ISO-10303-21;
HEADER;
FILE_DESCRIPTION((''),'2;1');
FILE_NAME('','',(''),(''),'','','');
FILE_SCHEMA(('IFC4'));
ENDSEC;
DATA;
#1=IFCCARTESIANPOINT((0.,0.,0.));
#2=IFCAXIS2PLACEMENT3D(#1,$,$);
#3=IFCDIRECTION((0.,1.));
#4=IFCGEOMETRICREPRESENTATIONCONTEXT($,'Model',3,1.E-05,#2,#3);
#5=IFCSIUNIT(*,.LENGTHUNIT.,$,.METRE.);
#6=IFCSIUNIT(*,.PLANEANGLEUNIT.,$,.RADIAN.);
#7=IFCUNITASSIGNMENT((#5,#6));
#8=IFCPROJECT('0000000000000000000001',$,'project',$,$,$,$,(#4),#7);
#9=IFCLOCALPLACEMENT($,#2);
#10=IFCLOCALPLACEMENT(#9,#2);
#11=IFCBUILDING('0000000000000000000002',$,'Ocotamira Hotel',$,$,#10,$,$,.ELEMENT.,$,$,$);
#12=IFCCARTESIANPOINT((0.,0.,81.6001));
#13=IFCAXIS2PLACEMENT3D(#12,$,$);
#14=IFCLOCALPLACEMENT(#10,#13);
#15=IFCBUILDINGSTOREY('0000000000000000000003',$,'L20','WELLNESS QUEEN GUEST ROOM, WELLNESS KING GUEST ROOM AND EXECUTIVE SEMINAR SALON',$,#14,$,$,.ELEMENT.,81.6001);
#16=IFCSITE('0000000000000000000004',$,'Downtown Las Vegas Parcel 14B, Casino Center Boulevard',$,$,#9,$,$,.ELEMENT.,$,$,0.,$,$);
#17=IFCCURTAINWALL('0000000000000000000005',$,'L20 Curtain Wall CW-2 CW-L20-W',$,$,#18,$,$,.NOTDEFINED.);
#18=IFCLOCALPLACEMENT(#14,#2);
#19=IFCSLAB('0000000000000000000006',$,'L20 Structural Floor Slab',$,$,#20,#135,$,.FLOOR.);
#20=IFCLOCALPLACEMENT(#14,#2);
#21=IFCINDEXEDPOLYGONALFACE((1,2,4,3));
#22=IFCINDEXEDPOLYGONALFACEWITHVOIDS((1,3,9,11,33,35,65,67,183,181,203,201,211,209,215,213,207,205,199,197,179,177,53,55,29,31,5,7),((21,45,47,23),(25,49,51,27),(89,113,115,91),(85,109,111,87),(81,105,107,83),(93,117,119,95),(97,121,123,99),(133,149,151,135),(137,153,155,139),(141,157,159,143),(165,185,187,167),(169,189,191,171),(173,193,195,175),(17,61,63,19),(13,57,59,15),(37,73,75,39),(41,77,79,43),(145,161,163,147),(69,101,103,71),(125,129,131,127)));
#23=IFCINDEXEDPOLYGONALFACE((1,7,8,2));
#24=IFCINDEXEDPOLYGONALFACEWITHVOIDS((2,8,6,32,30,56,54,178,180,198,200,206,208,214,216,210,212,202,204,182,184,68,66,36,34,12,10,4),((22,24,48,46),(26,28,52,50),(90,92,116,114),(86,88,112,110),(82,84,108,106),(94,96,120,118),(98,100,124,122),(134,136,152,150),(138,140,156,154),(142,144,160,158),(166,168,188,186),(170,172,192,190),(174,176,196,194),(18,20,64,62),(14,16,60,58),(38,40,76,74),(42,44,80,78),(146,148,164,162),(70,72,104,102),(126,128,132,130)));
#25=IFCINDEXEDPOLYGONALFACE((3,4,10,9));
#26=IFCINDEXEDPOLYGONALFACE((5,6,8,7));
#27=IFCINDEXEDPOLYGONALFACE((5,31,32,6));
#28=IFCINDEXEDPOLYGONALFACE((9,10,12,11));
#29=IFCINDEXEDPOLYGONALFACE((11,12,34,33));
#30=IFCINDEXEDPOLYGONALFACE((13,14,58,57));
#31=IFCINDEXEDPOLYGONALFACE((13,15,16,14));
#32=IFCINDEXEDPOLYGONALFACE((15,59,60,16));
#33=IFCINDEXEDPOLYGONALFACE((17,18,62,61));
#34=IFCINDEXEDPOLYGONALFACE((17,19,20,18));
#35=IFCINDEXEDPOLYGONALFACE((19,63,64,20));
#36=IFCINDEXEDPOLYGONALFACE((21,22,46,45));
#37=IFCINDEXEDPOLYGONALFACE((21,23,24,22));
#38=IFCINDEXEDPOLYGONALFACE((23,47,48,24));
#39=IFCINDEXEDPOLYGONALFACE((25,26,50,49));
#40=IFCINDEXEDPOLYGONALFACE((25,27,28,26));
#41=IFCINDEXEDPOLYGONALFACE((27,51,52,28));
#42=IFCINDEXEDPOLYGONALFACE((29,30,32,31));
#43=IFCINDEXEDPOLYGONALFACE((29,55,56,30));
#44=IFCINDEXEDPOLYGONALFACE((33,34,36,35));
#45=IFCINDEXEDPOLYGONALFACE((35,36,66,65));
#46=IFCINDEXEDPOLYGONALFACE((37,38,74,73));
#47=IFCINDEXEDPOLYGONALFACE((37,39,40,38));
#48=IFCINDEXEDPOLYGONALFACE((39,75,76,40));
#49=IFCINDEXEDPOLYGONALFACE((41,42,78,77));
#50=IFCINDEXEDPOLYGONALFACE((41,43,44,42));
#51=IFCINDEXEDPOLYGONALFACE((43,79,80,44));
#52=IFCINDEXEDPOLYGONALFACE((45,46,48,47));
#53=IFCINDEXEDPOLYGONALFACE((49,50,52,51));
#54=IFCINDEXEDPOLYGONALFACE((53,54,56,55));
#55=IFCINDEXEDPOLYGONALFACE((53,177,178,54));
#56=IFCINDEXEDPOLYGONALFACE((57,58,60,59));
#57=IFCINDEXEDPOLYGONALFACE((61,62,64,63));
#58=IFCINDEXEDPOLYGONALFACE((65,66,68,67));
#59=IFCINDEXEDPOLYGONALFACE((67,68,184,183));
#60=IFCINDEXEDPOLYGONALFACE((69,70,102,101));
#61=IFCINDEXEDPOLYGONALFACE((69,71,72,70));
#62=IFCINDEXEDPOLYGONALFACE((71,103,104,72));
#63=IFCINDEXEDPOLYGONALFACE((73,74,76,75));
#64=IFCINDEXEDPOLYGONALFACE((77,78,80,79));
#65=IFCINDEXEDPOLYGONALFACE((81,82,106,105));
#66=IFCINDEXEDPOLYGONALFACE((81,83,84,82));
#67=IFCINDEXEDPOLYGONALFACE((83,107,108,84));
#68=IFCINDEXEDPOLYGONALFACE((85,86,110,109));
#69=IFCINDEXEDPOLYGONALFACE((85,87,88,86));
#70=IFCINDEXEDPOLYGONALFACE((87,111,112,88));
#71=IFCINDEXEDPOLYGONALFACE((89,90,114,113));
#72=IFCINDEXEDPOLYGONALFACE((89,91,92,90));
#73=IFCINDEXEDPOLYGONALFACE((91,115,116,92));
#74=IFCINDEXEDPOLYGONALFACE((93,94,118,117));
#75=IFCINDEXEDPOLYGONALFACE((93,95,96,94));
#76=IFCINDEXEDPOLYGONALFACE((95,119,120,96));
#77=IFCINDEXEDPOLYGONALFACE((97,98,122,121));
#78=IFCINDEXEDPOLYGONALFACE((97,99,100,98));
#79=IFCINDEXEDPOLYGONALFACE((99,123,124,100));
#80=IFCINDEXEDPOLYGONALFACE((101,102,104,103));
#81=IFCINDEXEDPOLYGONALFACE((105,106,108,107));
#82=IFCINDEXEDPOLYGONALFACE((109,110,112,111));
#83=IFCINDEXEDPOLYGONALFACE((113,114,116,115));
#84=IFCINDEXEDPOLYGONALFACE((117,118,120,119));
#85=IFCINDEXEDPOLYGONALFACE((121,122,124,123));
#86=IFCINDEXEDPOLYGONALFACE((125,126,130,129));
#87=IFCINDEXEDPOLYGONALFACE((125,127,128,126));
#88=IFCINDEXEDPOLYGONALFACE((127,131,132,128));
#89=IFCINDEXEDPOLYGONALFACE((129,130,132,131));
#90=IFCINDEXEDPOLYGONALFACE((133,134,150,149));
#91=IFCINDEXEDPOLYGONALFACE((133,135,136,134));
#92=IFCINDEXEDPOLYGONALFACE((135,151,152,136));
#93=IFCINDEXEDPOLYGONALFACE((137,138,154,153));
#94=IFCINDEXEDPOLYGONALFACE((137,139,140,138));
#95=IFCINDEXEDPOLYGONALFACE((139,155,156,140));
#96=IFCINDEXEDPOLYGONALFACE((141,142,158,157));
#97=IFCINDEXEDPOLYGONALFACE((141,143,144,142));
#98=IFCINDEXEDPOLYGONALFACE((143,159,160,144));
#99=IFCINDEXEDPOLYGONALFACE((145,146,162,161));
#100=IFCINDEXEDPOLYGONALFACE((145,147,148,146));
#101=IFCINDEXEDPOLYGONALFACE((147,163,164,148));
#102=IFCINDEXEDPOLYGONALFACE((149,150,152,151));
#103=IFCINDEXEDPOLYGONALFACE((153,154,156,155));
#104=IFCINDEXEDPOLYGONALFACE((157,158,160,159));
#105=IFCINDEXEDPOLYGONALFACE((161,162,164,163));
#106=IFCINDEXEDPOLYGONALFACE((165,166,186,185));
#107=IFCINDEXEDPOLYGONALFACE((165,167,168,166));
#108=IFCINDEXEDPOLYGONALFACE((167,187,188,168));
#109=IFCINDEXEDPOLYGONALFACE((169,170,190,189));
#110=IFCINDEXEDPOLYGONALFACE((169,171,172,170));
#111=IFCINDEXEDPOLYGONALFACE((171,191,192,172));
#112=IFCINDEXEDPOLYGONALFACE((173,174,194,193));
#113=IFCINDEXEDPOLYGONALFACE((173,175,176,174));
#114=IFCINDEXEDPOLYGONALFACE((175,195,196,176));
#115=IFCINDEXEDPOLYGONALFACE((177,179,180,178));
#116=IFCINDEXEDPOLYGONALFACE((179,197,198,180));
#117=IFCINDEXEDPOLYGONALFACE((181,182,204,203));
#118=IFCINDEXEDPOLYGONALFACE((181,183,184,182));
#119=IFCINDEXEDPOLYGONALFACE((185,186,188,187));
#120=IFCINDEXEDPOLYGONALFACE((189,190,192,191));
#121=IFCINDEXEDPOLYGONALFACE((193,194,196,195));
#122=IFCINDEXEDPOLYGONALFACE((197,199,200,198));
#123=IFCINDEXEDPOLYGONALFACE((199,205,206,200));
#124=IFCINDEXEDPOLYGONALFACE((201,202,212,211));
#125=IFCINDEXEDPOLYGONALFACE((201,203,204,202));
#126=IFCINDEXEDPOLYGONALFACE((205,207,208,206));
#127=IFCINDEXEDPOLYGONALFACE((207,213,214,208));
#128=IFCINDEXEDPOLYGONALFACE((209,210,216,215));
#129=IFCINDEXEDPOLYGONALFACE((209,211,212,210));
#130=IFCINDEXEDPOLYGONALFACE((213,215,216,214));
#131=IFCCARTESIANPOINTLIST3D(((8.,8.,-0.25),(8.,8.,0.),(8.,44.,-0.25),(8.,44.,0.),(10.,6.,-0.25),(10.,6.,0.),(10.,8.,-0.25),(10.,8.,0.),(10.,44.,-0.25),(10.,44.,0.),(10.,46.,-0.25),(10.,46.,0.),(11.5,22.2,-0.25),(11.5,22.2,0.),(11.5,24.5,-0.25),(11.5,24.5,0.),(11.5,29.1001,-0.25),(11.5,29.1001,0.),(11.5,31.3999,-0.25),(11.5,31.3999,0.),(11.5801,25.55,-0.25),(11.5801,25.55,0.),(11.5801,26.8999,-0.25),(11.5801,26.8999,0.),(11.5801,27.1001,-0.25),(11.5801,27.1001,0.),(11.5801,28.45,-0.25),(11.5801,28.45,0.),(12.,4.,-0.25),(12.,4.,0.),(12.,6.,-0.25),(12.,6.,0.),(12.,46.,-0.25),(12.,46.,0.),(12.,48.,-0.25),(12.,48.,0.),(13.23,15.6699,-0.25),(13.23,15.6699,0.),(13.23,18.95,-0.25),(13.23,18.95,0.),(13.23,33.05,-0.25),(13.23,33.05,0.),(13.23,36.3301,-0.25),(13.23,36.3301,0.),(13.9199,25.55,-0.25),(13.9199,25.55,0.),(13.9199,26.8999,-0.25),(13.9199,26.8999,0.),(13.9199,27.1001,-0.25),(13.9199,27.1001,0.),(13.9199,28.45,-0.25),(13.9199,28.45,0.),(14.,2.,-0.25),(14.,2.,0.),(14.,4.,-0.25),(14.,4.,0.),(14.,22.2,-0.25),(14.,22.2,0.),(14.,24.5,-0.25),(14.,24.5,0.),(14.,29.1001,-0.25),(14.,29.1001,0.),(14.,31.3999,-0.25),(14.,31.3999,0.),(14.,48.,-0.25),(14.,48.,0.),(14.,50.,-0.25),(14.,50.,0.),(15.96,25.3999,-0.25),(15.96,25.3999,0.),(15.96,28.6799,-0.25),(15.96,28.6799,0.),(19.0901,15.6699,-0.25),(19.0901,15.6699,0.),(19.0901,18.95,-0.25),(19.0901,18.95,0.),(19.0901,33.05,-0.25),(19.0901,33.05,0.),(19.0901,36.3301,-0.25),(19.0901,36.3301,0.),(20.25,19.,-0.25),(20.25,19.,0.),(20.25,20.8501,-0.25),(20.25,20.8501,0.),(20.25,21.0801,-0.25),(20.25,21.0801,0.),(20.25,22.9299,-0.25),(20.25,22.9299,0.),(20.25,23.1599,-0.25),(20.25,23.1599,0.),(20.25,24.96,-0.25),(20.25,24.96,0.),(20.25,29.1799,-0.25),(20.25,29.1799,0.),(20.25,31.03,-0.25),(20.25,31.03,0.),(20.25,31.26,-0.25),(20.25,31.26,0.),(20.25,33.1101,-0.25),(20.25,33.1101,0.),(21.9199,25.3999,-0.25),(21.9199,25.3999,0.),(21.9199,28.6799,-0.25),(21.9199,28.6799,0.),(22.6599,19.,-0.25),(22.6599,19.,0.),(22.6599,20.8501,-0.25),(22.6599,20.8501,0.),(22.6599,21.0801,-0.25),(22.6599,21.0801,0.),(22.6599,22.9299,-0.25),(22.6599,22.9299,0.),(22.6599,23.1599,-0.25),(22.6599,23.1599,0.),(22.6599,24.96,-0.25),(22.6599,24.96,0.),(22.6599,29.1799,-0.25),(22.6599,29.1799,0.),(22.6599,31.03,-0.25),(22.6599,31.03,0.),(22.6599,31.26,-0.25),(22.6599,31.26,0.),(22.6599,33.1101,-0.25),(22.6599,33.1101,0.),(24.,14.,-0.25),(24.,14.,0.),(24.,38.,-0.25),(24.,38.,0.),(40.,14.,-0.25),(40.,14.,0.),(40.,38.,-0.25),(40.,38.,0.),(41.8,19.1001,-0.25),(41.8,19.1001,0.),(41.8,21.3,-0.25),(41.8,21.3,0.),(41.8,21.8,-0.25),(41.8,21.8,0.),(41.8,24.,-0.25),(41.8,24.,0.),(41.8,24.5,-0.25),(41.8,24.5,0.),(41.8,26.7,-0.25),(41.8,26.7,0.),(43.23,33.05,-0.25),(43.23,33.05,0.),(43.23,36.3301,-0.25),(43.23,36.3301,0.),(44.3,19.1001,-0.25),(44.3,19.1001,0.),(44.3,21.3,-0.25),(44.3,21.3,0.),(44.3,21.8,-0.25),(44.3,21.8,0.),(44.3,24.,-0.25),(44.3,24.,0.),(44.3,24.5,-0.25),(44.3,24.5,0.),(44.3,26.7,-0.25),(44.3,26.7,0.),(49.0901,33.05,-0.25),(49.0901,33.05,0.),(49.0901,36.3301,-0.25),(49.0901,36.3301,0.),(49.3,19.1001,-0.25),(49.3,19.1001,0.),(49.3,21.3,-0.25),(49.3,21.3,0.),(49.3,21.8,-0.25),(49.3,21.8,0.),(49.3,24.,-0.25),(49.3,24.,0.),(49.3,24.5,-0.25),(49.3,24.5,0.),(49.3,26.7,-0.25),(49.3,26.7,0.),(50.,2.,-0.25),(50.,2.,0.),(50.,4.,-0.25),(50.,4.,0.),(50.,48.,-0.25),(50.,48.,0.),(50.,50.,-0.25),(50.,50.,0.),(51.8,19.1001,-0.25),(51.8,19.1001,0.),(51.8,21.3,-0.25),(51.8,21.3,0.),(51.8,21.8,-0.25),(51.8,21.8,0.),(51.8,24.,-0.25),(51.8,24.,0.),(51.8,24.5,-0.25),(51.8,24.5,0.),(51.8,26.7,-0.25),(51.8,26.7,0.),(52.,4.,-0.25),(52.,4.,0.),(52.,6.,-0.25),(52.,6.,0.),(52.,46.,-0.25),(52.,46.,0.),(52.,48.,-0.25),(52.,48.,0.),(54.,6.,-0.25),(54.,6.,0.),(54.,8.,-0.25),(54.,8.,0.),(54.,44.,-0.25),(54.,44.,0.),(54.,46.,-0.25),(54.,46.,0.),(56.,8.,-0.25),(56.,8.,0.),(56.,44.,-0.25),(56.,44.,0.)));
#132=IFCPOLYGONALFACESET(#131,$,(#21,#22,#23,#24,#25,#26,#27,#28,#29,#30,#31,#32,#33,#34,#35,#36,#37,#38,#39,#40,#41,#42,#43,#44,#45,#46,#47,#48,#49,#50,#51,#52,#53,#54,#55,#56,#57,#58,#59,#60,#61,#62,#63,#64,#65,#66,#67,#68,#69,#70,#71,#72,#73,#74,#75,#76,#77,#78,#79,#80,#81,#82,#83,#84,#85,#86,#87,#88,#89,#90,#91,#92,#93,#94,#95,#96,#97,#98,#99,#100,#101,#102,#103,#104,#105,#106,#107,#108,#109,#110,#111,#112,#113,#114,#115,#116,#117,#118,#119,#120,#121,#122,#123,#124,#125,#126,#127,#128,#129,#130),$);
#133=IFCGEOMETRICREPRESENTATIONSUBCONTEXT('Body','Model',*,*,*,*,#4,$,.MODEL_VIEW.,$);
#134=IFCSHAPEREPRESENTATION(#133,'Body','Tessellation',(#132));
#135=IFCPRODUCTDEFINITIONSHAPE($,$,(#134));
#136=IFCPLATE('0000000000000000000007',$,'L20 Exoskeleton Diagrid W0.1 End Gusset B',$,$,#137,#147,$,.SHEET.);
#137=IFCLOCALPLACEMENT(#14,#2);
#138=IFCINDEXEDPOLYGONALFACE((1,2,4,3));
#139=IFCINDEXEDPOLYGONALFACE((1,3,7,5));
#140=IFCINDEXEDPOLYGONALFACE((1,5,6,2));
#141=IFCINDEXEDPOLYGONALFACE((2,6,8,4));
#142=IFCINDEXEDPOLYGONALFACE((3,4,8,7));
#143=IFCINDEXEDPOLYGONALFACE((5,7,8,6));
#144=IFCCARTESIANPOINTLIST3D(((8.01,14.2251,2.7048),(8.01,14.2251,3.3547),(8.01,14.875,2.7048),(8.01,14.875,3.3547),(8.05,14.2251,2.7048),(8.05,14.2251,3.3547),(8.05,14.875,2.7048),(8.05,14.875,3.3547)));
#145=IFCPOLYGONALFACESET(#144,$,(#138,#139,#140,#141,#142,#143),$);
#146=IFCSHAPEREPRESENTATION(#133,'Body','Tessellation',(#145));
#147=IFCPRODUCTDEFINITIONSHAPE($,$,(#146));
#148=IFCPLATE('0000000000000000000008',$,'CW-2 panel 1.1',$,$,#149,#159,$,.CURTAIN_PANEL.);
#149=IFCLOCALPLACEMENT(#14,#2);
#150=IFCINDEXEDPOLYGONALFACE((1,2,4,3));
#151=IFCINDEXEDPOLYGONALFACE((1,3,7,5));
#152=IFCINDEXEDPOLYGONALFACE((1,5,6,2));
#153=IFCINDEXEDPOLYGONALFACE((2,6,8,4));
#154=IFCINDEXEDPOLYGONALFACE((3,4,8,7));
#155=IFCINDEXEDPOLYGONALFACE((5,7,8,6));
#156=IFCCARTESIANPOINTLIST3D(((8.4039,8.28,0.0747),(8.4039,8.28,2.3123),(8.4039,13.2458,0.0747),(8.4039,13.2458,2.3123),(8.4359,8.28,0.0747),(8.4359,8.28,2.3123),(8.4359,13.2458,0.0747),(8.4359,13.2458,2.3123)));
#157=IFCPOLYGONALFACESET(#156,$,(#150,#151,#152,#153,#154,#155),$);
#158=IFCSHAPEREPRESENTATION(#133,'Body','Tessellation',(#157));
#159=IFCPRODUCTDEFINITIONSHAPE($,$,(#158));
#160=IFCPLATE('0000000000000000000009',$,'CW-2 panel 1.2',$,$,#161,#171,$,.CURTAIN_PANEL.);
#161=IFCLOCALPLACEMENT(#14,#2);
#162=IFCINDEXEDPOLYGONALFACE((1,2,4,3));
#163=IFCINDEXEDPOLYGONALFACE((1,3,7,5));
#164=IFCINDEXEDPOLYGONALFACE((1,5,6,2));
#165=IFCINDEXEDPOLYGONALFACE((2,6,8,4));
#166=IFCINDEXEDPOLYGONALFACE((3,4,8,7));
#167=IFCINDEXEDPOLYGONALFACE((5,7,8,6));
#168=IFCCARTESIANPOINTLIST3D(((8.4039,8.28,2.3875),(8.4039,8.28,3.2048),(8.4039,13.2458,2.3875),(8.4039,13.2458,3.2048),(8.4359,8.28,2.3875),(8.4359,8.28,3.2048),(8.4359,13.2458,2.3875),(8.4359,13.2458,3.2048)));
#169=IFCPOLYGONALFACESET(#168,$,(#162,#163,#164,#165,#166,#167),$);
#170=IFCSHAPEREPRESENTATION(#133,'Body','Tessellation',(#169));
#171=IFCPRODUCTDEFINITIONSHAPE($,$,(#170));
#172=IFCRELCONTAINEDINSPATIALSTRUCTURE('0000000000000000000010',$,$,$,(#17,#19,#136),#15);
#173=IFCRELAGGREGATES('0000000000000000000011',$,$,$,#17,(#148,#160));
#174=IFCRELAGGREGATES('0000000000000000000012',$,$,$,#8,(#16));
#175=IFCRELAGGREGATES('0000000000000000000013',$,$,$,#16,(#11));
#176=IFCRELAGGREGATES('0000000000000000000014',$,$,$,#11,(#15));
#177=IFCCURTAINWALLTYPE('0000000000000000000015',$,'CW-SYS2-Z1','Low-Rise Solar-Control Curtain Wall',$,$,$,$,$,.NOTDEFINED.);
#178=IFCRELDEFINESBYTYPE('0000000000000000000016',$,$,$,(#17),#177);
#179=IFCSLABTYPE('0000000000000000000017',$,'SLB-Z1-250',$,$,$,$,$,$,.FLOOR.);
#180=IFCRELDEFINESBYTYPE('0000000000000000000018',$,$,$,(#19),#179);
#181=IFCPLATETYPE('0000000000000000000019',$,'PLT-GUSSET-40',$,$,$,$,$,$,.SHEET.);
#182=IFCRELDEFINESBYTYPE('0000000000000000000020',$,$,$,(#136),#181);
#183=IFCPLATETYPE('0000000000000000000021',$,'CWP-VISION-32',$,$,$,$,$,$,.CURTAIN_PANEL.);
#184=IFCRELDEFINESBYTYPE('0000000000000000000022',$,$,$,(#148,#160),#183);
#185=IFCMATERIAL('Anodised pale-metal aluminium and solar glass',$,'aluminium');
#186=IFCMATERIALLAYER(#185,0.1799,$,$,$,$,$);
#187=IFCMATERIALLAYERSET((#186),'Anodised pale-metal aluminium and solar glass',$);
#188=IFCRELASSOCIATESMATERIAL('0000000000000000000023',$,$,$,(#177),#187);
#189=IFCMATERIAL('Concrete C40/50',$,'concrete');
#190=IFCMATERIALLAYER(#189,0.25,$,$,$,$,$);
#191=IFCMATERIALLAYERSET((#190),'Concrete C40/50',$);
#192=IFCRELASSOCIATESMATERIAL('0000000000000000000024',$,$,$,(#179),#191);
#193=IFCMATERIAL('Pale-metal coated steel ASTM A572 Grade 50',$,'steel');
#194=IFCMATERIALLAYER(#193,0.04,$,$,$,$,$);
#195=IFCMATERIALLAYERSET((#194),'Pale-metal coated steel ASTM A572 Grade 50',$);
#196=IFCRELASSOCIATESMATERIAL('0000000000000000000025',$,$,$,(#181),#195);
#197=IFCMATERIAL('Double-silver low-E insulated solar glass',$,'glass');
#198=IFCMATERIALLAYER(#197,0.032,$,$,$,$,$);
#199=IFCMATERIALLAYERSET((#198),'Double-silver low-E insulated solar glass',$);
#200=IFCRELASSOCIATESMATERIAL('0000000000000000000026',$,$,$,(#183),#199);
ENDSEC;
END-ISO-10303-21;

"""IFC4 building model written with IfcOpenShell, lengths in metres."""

from ifc_helpers import new_model, si_unit, direction, frame, origin, origin_2d, place, context, subcontext, project, spatial, polyline, rectangle, outline, extrude, source, transform, mapped, material, layer, layer_set, type_object, element, aggregate, save


model = new_model("IFC4")

# Units and contexts
model_context = context("Model", 3, precision=1e-05, world=origin(), true_north=direction((0.0, 1.0)))
body_context = subcontext(model_context, "Body", "Model", "MODEL_VIEW")
ifc_project = project(units=[si_unit("LENGTHUNIT", "METRE"), si_unit("PLANEANGLEUNIT", "RADIAN")], contexts=[model_context])

# Site, building, storey
site_placement = place(None, origin())
site = spatial("IfcSite", under=ifc_project, at=site_placement, Name="Downtown Las Vegas Parcel 14B, Casino Center Boulevard", CompositionType="ELEMENT", RefElevation=0.0)
building_placement = place(site_placement, origin())
building = spatial("IfcBuilding", under=site, at=building_placement, Name="Ocotamira Hotel", CompositionType="ELEMENT")
storey_placement = place(building_placement, frame((0.0, 0.0, 81.6001)))
storey = spatial("IfcBuildingStorey", under=building, at=storey_placement, Name="L20", Description="WELLNESS QUEEN GUEST ROOM, WELLNESS KING GUEST ROOM AND EXECUTIVE SEMINAR SALON", CompositionType="ELEMENT", Elevation=81.6001)

# Curtain wall
ifc_material_1 = material(Name="Anodised pale-metal aluminium and solar glass", Category="aluminium")
ifc_layer_1 = layer(ifc_material_1, 0.1799)
ifc_layer_set_1 = layer_set([ifc_layer_1], Name="Anodised pale-metal aluminium and solar glass")
curtain_wall_type = type_object("IfcCurtainWallType", Name="CW-SYS2-Z1", Description="Low-Rise Solar-Control Curtain Wall", PredefinedType="NOTDEFINED", material=ifc_layer_set_1)
curtain_wall_placement = place(storey_placement, origin())
curtain_wall = element("IfcCurtainWall", 1, at=curtain_wall_placement, inside=storey, type_object=curtain_wall_type, Name="L20 Curtain Wall CW-2 CW-L20-W", PredefinedType="NOTDEFINED")

# Shared definitions
ifc_material_2 = material(Name="Concrete C40/50", Category="concrete")

# Slab
ifc_layer_2 = layer(ifc_material_2, 0.25)
ifc_layer_set_2 = layer_set([ifc_layer_2], Name="Concrete C40/50")
slab_type_1 = type_object("IfcSlabType", Name="SLB-Z1-250", PredefinedType="FLOOR", material=ifc_layer_set_2)
slab_1_placement = place(storey_placement, frame((0.0, 0.0, -0.25)))
element("IfcSlab", 2, at=slab_1_placement, inside=storey, type_object=slab_type_1, Name="L20 Structural Floor Slab", PredefinedType="FLOOR", context=body_context, shape_type="SweptSolid", body=[
    extrude(outline(polyline([(14.0, 2.0), (50.0, 2.0), (50.0, 4.0), (52.0, 4.0), (52.0, 6.0), (54.0, 6.0), (54.0, 8.0), (56.0, 8.0), (56.0, 44.0), (54.0, 44.0), (54.0, 46.0), (52.0, 46.0), (52.0, 48.0), (50.0, 48.0), (50.0, 50.0), (14.0, 50.0), (14.0, 48.0), (12.0, 48.0), (12.0, 46.0), (10.0, 46.0), (10.0, 44.0), (8.0, 44.0), (8.0, 8.0), (10.0, 8.0), (10.0, 6.0), (12.0, 6.0), (12.0, 4.0), (14.0, 4.0), (14.0, 2.0)]), holes=[polyline([(24.0, 14.0), (40.0, 14.0), (40.0, 38.0), (24.0, 38.0), (24.0, 14.0)]), polyline([(13.23, 15.6699), (19.0901, 15.6699), (19.0901, 18.95), (13.23, 18.95), (13.23, 15.6699)]), polyline([(13.23, 33.05), (19.0901, 33.05), (19.0901, 36.3301), (13.23, 36.3301), (13.23, 33.05)]), polyline([(15.96, 25.3999), (21.9199, 25.3999), (21.9199, 28.6799), (15.96, 28.6799), (15.96, 25.3999)]), polyline([(43.23, 33.05), (49.0901, 33.05), (49.0901, 36.3301), (43.23, 36.3301), (43.23, 33.05)]), polyline([(49.3, 19.1001), (51.8, 19.1001), (51.8, 21.3), (49.3, 21.3), (49.3, 19.1001)]), polyline([(49.3, 21.8), (51.8, 21.8), (51.8, 24.0), (49.3, 24.0), (49.3, 21.8)]), polyline([(49.3, 24.5), (51.8, 24.5), (51.8, 26.7), (49.3, 26.7), (49.3, 24.5)]), polyline([(41.8, 19.1001), (44.3, 19.1001), (44.3, 21.3), (41.8, 21.3), (41.8, 19.1001)]), polyline([(41.8, 21.8), (44.3, 21.8), (44.3, 24.0), (41.8, 24.0), (41.8, 21.8)]), polyline([(41.8, 24.5), (44.3, 24.5), (44.3, 26.7), (41.8, 26.7), (41.8, 24.5)]), polyline([(20.25, 19.0), (22.6599, 19.0), (22.6599, 20.8501), (20.25, 20.8501), (20.25, 19.0)]), polyline([(20.25, 21.0801), (22.6599, 21.0801), (22.6599, 22.9299), (20.25, 22.9299), (20.25, 21.0801)]), polyline([(20.25, 23.1599), (22.6599, 23.1599), (22.6599, 24.96), (20.25, 24.96), (20.25, 23.1599)]), polyline([(20.25, 29.1799), (22.6599, 29.1799), (22.6599, 31.03), (20.25, 31.03), (20.25, 29.1799)]), polyline([(20.25, 31.26), (22.6599, 31.26), (22.6599, 33.1101), (20.25, 33.1101), (20.25, 31.26)]), polyline([(11.5, 22.2), (14.0, 22.2), (14.0, 24.5), (11.5, 24.5), (11.5, 22.2)]), polyline([(11.5, 29.1001), (14.0, 29.1001), (14.0, 31.3999), (11.5, 31.3999), (11.5, 29.1001)]), polyline([(11.5801, 25.55), (13.9199, 25.55), (13.9199, 26.8999), (11.5801, 26.8999), (11.5801, 25.55)]), polyline([(11.5801, 27.1001), (13.9199, 27.1001), (13.9199, 28.45), (11.5801, 28.45), (11.5801, 27.1001)])]), origin(), (0.0, 0.0, 1.0), 0.25),
])

# Plates
ifc_material_3 = material(Name="Pale-metal coated steel ASTM A572 Grade 50", Category="steel")
ifc_layer_3 = layer(ifc_material_3, 0.04)
ifc_layer_set_3 = layer_set([ifc_layer_3], Name="Pale-metal coated steel ASTM A572 Grade 50")
plate_type_1 = type_object("IfcPlateType", Name="PLT-GUSSET-40", PredefinedType="SHEET", material=ifc_layer_set_3)
shared_shape_1 = source(origin(), body_context, "Body", "SweptSolid", [
    extrude(rectangle(XDim=0.04, YDim=0.6499, at=origin_2d()), origin(), (0.0, 0.0, 1.0), 0.6499),
])
plate_1_placement = place(storey_placement, frame((8.03, 14.55, 2.7048), z_axis=(0.0, 0.0, 1.0), x_axis=(1.0, 0.0, 0.0)))
element("IfcPlate", 3, at=plate_1_placement, inside=storey, type_object=plate_type_1, Name="L20 Exoskeleton Diagrid W0.1 End Gusset B", PredefinedType="SHEET", context=body_context, shape_type="MappedRepresentation", body=[
    mapped(shared_shape_1, transform((0.0, 0.0, 0.0), scale=1.0)),
])
ifc_material_4 = material(Name="Double-silver low-E insulated solar glass", Category="glass")
ifc_layer_4 = layer(ifc_material_4, 0.032)
ifc_layer_set_4 = layer_set([ifc_layer_4], Name="Double-silver low-E insulated solar glass")
plate_type_2 = type_object("IfcPlateType", Name="CWP-VISION-32", PredefinedType="CURTAIN_PANEL", material=ifc_layer_set_4)
shared_shape_2 = source(origin(), body_context, "Body", "SweptSolid", [
    extrude(rectangle(XDim=4.9658, YDim=0.032, at=origin_2d()), origin(), (0.0, 0.0, 1.0), 2.2375),
])
plate_2_placement = place(storey_placement, frame((8.4199, 10.7629, 0.0747), z_axis=(0.0, 0.0, 1.0), x_axis=(0.0, 1.0, 0.0)))
plate_2 = element("IfcPlate", 4, at=plate_2_placement, type_object=plate_type_2, Name="CW-2 panel 1.1", PredefinedType="CURTAIN_PANEL", context=body_context, shape_type="MappedRepresentation", body=[
    mapped(shared_shape_2, transform((0.0, 0.0, 0.0), scale=1.0)),
])
shared_shape_3 = source(origin(), body_context, "Body", "SweptSolid", [
    extrude(rectangle(XDim=4.9658, YDim=0.032, at=origin_2d()), origin(), (0.0, 0.0, 1.0), 0.8174),
])
plate_3_placement = place(storey_placement, frame((8.4199, 10.7629, 2.3875), z_axis=(0.0, 0.0, 1.0), x_axis=(0.0, 1.0, 0.0)))
plate_3 = element("IfcPlate", 5, at=plate_3_placement, type_object=plate_type_2, Name="CW-2 panel 1.2", PredefinedType="CURTAIN_PANEL", context=body_context, shape_type="MappedRepresentation", body=[
    mapped(shared_shape_3, transform((0.0, 0.0, 0.0), scale=1.0)),
])
aggregate(curtain_wall, [plate_2, plate_3])

save(model, "model.ifc")
